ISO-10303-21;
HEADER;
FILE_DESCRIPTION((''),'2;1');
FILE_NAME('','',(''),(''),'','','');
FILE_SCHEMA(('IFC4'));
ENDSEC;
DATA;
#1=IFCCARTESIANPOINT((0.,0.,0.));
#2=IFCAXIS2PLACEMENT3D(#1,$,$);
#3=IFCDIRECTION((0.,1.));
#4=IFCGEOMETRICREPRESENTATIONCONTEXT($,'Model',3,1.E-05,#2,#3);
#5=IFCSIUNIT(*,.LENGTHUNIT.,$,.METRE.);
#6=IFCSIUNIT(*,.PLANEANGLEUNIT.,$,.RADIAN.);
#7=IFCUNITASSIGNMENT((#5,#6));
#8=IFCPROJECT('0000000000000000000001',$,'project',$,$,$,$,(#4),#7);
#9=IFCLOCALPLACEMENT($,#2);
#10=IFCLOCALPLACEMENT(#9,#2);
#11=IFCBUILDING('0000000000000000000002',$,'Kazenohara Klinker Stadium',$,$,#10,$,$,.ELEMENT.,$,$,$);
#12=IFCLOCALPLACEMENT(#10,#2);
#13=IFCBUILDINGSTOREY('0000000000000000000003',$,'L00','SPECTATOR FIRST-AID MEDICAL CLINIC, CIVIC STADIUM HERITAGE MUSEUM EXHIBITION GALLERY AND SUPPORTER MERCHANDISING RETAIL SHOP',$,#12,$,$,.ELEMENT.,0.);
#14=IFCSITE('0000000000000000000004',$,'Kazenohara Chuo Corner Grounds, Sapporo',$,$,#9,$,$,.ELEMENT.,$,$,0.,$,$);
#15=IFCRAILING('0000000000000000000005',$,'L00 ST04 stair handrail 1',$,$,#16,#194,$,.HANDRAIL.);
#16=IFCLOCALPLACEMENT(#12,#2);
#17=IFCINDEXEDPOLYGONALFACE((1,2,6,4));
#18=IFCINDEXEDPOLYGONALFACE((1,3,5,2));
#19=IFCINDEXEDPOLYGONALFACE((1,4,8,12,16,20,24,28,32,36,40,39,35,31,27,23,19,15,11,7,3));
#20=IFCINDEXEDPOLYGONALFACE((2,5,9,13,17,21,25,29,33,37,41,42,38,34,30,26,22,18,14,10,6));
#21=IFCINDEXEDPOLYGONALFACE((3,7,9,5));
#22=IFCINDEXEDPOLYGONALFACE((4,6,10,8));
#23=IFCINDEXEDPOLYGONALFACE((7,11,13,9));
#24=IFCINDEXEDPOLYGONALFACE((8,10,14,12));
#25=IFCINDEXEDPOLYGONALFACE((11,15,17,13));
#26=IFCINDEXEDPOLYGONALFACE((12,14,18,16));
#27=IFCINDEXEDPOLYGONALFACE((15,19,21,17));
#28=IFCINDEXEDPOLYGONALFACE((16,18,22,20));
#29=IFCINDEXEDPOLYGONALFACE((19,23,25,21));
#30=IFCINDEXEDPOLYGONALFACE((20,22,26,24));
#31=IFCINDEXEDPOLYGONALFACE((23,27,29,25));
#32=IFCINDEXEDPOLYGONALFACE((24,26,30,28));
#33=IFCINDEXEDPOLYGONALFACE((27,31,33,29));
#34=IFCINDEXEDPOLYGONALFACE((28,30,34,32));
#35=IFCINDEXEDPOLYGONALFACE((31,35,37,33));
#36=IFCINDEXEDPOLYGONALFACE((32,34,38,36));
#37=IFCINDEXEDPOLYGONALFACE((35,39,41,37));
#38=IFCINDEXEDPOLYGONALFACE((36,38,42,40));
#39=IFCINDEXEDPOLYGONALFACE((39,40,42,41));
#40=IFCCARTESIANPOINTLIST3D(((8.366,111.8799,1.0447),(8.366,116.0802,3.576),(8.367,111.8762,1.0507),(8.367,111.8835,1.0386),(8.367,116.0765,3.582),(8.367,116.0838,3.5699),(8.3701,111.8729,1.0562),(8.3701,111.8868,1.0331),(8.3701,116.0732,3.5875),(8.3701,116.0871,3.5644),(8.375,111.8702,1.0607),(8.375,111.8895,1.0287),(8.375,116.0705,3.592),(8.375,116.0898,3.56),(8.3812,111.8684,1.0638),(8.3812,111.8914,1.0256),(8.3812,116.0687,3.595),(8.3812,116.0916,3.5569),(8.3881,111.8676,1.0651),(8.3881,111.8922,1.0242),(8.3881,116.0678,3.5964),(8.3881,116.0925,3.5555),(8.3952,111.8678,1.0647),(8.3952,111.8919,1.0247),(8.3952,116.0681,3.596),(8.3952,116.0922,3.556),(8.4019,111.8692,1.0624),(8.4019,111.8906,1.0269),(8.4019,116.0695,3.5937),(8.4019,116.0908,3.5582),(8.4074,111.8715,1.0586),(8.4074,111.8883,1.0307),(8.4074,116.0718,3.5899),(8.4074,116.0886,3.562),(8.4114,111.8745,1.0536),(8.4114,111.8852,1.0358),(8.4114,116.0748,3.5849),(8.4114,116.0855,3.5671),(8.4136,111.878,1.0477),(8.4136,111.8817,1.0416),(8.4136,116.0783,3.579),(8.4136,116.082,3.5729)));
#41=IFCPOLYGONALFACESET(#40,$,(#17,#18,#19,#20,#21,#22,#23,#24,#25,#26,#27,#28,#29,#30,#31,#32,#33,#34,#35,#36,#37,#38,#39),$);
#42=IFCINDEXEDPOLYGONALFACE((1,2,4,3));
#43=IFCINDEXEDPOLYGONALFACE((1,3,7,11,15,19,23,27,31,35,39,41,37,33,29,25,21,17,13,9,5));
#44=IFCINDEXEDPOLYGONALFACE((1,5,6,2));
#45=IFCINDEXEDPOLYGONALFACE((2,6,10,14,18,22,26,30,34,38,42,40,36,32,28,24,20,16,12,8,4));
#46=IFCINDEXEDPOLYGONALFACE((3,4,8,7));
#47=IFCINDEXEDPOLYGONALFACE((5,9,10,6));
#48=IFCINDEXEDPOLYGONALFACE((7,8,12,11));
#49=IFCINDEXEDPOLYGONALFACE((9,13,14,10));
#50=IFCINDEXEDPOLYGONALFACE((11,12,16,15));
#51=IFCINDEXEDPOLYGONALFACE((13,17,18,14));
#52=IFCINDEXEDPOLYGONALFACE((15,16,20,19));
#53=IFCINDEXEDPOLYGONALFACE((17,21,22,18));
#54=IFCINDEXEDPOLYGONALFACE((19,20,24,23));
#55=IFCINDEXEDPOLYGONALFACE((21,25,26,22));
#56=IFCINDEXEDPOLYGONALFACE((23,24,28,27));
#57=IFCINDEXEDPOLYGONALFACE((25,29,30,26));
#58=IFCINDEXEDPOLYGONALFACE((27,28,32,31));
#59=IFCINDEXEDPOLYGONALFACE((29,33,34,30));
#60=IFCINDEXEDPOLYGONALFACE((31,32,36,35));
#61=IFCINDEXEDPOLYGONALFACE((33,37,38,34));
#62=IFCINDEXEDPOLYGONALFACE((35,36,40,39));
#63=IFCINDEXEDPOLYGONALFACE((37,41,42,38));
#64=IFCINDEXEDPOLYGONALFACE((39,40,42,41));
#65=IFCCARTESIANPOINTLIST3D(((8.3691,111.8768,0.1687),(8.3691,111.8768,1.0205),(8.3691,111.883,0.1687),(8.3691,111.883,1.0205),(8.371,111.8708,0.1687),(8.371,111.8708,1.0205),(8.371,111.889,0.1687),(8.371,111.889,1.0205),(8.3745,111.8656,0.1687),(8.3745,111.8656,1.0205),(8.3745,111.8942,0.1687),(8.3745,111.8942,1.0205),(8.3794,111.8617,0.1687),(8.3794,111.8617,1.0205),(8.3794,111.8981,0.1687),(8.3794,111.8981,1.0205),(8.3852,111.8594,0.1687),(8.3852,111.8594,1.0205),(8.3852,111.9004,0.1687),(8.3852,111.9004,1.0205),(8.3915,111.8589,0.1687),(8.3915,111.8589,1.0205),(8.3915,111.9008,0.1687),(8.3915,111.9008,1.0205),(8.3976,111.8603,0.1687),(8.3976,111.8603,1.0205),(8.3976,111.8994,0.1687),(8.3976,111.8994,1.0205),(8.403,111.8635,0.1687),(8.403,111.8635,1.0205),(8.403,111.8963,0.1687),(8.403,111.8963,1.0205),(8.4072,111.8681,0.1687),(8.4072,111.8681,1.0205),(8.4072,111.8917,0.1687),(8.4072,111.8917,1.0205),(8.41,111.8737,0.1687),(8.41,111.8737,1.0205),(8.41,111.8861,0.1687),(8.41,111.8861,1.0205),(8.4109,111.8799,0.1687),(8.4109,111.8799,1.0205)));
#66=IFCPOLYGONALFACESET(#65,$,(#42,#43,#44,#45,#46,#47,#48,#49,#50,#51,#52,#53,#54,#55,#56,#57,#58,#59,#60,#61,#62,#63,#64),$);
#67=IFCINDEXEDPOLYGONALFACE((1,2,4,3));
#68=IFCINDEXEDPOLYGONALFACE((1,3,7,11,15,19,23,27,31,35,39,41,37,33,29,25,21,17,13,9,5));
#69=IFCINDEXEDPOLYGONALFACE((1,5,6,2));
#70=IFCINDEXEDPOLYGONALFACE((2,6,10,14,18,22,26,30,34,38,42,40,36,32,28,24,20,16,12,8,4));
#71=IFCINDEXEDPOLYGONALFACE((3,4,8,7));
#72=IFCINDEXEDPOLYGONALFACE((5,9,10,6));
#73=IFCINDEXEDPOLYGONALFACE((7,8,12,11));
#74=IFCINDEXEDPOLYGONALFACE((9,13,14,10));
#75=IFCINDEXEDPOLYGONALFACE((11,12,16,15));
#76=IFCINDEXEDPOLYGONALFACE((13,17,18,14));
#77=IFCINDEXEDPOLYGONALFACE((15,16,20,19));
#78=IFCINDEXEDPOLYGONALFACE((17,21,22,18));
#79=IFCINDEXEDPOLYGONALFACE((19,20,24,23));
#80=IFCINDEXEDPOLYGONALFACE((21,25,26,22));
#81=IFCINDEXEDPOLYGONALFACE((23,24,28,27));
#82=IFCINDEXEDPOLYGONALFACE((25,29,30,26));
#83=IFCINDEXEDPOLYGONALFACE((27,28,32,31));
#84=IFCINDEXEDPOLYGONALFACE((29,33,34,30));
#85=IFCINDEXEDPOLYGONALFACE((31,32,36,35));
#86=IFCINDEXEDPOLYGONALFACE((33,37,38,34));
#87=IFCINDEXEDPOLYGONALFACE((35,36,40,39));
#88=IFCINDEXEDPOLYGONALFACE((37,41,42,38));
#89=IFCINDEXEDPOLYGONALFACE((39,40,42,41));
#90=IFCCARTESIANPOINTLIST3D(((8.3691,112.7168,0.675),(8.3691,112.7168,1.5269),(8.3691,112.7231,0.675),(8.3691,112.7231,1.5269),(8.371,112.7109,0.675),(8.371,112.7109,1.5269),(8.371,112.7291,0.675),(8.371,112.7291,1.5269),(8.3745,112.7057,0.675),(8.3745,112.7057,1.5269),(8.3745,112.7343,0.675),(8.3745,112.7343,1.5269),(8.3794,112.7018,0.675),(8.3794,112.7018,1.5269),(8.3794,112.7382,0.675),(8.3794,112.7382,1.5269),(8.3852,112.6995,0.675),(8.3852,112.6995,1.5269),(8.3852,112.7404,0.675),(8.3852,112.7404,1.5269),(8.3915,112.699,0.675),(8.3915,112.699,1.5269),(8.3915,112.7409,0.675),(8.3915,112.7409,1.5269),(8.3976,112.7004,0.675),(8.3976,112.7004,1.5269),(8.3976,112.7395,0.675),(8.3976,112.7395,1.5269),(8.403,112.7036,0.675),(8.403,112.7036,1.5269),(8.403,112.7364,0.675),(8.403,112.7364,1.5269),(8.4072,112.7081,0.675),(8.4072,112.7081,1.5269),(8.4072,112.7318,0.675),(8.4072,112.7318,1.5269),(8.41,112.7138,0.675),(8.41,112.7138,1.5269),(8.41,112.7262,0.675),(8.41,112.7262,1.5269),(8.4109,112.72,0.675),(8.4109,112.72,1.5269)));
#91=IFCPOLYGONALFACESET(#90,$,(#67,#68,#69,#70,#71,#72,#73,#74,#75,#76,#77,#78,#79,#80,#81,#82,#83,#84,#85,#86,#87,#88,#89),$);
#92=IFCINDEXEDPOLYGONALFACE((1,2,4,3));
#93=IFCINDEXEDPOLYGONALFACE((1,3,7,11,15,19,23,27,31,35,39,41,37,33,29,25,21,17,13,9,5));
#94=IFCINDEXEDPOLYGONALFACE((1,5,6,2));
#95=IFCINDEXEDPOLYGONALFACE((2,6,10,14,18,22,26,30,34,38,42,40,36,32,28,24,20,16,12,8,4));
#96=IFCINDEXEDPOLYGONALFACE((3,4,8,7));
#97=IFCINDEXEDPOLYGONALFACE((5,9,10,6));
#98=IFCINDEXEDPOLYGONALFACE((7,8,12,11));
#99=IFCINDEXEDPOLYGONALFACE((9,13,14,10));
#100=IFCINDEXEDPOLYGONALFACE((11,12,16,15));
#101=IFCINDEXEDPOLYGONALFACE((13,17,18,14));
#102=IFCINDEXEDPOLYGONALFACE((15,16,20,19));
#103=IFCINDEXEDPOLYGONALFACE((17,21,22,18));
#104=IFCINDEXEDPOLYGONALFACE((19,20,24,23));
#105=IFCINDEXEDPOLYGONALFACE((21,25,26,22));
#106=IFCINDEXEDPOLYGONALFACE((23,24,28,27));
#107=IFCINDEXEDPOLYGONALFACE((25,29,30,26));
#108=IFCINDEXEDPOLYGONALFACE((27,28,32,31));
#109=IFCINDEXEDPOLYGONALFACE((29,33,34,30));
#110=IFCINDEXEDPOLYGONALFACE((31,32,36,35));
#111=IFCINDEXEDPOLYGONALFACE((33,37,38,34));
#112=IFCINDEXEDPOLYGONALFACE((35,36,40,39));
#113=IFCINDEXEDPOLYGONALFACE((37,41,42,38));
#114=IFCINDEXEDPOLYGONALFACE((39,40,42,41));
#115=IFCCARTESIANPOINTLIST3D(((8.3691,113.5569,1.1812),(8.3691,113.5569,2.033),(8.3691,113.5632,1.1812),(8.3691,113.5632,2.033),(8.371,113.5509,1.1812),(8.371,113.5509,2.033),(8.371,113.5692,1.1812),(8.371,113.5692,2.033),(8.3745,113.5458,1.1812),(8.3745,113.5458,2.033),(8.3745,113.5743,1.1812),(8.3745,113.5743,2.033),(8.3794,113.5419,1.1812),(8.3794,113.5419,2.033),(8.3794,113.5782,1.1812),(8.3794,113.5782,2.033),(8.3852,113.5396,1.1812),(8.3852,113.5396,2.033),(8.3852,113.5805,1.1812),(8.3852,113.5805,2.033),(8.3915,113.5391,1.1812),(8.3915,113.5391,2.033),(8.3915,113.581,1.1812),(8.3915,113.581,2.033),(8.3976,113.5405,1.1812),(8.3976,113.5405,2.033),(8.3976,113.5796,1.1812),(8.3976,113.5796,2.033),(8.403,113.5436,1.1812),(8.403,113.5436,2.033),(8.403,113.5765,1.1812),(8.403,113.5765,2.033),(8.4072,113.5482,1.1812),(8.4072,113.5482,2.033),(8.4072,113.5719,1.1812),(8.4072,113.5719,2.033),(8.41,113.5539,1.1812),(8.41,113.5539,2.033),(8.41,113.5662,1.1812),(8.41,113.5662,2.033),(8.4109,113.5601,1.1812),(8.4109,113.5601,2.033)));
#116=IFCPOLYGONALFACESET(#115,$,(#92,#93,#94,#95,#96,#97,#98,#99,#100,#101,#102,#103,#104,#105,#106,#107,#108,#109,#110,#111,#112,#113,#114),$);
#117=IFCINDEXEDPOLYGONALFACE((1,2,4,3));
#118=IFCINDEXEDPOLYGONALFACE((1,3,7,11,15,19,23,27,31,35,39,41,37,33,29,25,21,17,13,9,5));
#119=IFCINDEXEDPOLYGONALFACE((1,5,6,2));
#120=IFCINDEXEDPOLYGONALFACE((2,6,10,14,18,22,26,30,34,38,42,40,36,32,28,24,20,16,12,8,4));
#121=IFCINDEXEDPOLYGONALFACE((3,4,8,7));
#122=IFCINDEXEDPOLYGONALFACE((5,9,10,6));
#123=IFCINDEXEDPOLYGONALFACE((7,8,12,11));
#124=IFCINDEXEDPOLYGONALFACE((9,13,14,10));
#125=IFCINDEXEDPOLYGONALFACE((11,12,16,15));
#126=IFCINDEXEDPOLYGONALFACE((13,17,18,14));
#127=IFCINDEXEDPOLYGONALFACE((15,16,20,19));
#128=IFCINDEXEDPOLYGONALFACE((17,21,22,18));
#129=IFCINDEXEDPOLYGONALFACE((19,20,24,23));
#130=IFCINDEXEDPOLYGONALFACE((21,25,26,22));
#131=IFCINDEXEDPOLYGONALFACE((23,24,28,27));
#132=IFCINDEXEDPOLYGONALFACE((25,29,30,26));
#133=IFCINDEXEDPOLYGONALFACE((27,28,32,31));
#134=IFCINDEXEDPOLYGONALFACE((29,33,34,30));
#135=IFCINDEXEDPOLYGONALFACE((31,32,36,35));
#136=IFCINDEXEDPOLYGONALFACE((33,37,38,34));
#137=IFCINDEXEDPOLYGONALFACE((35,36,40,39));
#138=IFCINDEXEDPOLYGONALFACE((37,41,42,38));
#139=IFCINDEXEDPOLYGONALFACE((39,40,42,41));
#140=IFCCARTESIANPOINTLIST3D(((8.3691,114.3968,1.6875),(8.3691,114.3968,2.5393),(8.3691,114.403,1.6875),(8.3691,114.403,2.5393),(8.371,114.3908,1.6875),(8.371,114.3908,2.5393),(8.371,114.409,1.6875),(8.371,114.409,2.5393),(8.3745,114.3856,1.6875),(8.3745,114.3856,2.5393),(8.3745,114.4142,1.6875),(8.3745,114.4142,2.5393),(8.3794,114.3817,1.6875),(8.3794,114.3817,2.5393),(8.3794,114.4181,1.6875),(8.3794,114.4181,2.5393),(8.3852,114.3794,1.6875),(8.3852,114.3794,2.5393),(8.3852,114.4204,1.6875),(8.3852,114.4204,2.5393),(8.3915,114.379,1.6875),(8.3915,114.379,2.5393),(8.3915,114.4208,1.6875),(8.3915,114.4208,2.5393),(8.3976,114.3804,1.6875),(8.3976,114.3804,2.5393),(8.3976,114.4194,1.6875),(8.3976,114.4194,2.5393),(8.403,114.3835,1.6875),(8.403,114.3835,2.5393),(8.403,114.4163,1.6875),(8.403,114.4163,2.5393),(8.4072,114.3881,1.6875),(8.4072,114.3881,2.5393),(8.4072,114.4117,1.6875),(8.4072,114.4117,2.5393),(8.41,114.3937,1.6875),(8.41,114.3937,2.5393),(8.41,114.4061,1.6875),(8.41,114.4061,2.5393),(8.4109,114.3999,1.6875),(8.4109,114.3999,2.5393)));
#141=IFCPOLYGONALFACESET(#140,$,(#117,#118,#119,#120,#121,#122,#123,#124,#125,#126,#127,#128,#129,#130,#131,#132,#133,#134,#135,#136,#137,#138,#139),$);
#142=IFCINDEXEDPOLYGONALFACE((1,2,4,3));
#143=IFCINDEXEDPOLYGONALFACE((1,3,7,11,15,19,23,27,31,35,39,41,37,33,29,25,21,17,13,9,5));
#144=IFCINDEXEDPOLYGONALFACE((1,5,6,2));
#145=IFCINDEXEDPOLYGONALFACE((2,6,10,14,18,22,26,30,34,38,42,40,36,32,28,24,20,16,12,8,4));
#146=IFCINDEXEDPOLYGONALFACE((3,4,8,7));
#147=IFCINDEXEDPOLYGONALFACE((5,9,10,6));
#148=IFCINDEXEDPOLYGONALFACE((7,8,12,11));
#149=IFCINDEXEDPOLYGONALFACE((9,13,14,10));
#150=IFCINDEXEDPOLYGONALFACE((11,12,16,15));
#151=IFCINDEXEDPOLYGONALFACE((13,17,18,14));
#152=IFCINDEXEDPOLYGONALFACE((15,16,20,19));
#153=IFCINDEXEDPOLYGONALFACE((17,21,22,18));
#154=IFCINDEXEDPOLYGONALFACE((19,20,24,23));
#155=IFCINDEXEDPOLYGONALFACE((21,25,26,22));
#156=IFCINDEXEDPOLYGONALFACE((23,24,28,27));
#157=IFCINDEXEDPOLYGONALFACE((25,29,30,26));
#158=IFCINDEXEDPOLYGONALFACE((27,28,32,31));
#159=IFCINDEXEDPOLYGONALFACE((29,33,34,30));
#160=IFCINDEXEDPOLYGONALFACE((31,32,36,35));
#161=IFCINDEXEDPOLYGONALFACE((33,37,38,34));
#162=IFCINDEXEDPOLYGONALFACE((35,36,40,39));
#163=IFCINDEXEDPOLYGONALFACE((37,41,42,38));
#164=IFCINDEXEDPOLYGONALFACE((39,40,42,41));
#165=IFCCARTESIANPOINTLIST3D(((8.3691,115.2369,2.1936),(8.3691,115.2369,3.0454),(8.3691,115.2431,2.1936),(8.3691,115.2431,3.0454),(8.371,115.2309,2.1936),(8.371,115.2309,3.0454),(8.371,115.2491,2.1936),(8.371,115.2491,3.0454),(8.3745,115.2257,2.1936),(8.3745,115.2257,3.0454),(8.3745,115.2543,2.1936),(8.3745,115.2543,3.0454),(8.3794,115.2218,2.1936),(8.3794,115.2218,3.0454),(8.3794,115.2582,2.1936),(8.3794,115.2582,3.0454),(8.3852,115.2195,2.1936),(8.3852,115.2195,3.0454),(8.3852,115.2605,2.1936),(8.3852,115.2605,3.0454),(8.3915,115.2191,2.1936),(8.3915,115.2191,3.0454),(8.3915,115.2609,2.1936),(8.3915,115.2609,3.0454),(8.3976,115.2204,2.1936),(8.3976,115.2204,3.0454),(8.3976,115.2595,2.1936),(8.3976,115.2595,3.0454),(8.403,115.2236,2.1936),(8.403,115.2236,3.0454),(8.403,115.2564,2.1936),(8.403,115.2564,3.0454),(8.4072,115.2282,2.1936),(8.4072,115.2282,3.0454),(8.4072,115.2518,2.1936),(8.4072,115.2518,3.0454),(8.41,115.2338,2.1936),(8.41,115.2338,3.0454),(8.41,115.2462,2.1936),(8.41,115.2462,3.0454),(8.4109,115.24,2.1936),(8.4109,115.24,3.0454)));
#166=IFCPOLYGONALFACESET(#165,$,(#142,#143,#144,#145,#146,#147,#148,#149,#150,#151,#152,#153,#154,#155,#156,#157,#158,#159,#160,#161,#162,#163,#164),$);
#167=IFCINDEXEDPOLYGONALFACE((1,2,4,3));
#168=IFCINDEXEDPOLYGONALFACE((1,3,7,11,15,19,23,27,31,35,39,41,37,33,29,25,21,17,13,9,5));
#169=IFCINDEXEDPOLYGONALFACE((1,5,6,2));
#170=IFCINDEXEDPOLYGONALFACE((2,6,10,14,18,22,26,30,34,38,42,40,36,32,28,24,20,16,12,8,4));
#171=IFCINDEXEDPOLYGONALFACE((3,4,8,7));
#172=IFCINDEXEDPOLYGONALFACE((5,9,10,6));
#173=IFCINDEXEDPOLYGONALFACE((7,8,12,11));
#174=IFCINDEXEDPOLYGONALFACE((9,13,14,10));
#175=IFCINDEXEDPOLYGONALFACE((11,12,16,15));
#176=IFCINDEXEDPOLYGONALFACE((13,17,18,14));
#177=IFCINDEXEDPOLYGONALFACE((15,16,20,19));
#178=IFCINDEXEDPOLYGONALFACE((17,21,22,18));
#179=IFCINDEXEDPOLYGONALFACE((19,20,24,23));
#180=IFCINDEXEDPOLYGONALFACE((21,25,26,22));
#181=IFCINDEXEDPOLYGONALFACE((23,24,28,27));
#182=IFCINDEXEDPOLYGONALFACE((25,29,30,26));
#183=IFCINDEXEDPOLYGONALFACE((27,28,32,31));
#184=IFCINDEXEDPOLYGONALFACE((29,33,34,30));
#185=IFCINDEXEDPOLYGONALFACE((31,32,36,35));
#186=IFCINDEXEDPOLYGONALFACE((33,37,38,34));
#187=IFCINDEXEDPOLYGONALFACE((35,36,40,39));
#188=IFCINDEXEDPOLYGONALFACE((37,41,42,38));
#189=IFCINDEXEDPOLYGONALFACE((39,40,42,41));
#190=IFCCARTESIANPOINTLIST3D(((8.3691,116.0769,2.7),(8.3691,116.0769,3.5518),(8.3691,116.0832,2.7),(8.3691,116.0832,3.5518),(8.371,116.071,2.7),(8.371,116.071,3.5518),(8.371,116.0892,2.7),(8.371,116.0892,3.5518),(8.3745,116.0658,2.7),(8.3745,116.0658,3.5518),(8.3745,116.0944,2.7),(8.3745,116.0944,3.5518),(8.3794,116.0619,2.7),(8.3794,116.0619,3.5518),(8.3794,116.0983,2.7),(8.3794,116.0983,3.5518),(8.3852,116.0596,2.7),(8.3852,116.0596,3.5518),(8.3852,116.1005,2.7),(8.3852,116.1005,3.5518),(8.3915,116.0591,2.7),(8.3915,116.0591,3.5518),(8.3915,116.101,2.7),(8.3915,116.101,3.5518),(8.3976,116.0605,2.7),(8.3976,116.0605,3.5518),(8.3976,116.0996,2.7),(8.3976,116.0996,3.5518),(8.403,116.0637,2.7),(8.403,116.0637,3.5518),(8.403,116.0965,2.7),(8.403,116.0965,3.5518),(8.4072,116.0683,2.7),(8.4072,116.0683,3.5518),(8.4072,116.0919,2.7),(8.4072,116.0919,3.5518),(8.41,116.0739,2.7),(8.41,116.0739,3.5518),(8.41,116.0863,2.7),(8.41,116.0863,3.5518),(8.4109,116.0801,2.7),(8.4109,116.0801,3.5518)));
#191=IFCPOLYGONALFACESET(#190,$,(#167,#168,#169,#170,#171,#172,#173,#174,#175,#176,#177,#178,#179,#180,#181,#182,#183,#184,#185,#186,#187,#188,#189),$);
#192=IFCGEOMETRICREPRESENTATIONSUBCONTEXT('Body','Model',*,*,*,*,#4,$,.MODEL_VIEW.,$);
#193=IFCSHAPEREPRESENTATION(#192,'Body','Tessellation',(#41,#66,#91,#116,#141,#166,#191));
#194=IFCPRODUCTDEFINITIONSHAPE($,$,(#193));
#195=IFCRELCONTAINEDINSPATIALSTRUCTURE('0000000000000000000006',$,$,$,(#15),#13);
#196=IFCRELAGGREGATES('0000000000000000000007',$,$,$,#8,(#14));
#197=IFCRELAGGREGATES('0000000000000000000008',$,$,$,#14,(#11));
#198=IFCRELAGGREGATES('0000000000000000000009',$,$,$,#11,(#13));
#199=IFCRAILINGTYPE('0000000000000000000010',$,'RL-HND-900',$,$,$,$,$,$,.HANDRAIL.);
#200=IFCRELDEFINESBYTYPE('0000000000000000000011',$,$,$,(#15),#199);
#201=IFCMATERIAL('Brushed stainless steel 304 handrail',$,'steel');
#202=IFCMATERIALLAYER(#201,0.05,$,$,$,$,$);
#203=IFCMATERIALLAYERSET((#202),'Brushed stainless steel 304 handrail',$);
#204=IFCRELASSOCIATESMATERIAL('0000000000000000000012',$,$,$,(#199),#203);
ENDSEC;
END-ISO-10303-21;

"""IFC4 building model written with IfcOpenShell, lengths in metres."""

from ifc_helpers import new_model, si_unit, direction, frame, origin, origin_2d, place, context, subcontext, project, spatial, circle, extrude, material, layer, layer_set, type_object, element, save


model = new_model("IFC4")

# Units and contexts
model_context = context("Model", 3, precision=1e-05, world=origin(), true_north=direction((0.0, 1.0)))
body_context = subcontext(model_context, "Body", "Model", "MODEL_VIEW")
ifc_project = project(units=[si_unit("LENGTHUNIT", "METRE"), si_unit("PLANEANGLEUNIT", "RADIAN")], contexts=[model_context])

# Site, building, storey
site_placement = place(None, origin())
site = spatial("IfcSite", under=ifc_project, at=site_placement, Name="Kazenohara Chuo Corner Grounds, Sapporo", CompositionType="ELEMENT", RefElevation=0.0)
building_placement = place(site_placement, origin())
building = spatial("IfcBuilding", under=site, at=building_placement, Name="Kazenohara Klinker Stadium", CompositionType="ELEMENT")
storey_placement = place(building_placement, origin())
storey = spatial("IfcBuildingStorey", under=building, at=storey_placement, Name="L00", Description="SPECTATOR FIRST-AID MEDICAL CLINIC, CIVIC STADIUM HERITAGE MUSEUM EXHIBITION GALLERY AND SUPPORTER MERCHANDISING RETAIL SHOP", CompositionType="ELEMENT", Elevation=0.0)

# Railing
ifc_material_1 = material(Name="Brushed stainless steel 304 handrail", Category="steel")
ifc_layer_1 = layer(ifc_material_1, 0.05)
ifc_layer_set_1 = layer_set([ifc_layer_1], Name="Brushed stainless steel 304 handrail")
railing_type_1 = type_object("IfcRailingType", Name="RL-HND-900", PredefinedType="HANDRAIL", material=ifc_layer_set_1)
railing_1_placement = place(storey_placement, frame((8.3899, 111.8799, 0.1687)))
element("IfcRailing", 1, at=railing_1_placement, inside=storey, type_object=railing_type_1, Name="L00 ST04 stair handrail 1", PredefinedType="HANDRAIL", context=body_context, shape_type="SweptSolid", body=[
    extrude(circle(Radius=0.0239, at=origin_2d()), frame((0.0, 0.0, 0.876), z_axis=(0.0, 0.85649, 0.516164), x_axis=(-1.0, 0.0, 0.0)), (0.0, 0.0, 1.0), 4.9041),
    extrude(circle(Radius=0.021, at=origin_2d()), origin(), (0.0, 0.0, 1.0), 0.8518),
    extrude(circle(Radius=0.021, at=origin_2d()), frame((0.0, 0.8401, 0.5063)), (0.0, 0.0, 1.0), 0.8518),
    extrude(circle(Radius=0.021, at=origin_2d()), frame((0.0, 1.6802, 1.0125)), (0.0, 0.0, 1.0), 0.8518),
    extrude(circle(Radius=0.021, at=origin_2d()), frame((0.0, 2.52, 1.5188)), (0.0, 0.0, 1.0), 0.8518),
    extrude(circle(Radius=0.021, at=origin_2d()), frame((0.0, 3.3601, 2.0249)), (0.0, 0.0, 1.0), 0.8518),
    extrude(circle(Radius=0.021, at=origin_2d()), frame((0.0, 4.2002, 2.5312)), (0.0, 0.0, 1.0), 0.8518),
])

save(model, "model.ifc")
